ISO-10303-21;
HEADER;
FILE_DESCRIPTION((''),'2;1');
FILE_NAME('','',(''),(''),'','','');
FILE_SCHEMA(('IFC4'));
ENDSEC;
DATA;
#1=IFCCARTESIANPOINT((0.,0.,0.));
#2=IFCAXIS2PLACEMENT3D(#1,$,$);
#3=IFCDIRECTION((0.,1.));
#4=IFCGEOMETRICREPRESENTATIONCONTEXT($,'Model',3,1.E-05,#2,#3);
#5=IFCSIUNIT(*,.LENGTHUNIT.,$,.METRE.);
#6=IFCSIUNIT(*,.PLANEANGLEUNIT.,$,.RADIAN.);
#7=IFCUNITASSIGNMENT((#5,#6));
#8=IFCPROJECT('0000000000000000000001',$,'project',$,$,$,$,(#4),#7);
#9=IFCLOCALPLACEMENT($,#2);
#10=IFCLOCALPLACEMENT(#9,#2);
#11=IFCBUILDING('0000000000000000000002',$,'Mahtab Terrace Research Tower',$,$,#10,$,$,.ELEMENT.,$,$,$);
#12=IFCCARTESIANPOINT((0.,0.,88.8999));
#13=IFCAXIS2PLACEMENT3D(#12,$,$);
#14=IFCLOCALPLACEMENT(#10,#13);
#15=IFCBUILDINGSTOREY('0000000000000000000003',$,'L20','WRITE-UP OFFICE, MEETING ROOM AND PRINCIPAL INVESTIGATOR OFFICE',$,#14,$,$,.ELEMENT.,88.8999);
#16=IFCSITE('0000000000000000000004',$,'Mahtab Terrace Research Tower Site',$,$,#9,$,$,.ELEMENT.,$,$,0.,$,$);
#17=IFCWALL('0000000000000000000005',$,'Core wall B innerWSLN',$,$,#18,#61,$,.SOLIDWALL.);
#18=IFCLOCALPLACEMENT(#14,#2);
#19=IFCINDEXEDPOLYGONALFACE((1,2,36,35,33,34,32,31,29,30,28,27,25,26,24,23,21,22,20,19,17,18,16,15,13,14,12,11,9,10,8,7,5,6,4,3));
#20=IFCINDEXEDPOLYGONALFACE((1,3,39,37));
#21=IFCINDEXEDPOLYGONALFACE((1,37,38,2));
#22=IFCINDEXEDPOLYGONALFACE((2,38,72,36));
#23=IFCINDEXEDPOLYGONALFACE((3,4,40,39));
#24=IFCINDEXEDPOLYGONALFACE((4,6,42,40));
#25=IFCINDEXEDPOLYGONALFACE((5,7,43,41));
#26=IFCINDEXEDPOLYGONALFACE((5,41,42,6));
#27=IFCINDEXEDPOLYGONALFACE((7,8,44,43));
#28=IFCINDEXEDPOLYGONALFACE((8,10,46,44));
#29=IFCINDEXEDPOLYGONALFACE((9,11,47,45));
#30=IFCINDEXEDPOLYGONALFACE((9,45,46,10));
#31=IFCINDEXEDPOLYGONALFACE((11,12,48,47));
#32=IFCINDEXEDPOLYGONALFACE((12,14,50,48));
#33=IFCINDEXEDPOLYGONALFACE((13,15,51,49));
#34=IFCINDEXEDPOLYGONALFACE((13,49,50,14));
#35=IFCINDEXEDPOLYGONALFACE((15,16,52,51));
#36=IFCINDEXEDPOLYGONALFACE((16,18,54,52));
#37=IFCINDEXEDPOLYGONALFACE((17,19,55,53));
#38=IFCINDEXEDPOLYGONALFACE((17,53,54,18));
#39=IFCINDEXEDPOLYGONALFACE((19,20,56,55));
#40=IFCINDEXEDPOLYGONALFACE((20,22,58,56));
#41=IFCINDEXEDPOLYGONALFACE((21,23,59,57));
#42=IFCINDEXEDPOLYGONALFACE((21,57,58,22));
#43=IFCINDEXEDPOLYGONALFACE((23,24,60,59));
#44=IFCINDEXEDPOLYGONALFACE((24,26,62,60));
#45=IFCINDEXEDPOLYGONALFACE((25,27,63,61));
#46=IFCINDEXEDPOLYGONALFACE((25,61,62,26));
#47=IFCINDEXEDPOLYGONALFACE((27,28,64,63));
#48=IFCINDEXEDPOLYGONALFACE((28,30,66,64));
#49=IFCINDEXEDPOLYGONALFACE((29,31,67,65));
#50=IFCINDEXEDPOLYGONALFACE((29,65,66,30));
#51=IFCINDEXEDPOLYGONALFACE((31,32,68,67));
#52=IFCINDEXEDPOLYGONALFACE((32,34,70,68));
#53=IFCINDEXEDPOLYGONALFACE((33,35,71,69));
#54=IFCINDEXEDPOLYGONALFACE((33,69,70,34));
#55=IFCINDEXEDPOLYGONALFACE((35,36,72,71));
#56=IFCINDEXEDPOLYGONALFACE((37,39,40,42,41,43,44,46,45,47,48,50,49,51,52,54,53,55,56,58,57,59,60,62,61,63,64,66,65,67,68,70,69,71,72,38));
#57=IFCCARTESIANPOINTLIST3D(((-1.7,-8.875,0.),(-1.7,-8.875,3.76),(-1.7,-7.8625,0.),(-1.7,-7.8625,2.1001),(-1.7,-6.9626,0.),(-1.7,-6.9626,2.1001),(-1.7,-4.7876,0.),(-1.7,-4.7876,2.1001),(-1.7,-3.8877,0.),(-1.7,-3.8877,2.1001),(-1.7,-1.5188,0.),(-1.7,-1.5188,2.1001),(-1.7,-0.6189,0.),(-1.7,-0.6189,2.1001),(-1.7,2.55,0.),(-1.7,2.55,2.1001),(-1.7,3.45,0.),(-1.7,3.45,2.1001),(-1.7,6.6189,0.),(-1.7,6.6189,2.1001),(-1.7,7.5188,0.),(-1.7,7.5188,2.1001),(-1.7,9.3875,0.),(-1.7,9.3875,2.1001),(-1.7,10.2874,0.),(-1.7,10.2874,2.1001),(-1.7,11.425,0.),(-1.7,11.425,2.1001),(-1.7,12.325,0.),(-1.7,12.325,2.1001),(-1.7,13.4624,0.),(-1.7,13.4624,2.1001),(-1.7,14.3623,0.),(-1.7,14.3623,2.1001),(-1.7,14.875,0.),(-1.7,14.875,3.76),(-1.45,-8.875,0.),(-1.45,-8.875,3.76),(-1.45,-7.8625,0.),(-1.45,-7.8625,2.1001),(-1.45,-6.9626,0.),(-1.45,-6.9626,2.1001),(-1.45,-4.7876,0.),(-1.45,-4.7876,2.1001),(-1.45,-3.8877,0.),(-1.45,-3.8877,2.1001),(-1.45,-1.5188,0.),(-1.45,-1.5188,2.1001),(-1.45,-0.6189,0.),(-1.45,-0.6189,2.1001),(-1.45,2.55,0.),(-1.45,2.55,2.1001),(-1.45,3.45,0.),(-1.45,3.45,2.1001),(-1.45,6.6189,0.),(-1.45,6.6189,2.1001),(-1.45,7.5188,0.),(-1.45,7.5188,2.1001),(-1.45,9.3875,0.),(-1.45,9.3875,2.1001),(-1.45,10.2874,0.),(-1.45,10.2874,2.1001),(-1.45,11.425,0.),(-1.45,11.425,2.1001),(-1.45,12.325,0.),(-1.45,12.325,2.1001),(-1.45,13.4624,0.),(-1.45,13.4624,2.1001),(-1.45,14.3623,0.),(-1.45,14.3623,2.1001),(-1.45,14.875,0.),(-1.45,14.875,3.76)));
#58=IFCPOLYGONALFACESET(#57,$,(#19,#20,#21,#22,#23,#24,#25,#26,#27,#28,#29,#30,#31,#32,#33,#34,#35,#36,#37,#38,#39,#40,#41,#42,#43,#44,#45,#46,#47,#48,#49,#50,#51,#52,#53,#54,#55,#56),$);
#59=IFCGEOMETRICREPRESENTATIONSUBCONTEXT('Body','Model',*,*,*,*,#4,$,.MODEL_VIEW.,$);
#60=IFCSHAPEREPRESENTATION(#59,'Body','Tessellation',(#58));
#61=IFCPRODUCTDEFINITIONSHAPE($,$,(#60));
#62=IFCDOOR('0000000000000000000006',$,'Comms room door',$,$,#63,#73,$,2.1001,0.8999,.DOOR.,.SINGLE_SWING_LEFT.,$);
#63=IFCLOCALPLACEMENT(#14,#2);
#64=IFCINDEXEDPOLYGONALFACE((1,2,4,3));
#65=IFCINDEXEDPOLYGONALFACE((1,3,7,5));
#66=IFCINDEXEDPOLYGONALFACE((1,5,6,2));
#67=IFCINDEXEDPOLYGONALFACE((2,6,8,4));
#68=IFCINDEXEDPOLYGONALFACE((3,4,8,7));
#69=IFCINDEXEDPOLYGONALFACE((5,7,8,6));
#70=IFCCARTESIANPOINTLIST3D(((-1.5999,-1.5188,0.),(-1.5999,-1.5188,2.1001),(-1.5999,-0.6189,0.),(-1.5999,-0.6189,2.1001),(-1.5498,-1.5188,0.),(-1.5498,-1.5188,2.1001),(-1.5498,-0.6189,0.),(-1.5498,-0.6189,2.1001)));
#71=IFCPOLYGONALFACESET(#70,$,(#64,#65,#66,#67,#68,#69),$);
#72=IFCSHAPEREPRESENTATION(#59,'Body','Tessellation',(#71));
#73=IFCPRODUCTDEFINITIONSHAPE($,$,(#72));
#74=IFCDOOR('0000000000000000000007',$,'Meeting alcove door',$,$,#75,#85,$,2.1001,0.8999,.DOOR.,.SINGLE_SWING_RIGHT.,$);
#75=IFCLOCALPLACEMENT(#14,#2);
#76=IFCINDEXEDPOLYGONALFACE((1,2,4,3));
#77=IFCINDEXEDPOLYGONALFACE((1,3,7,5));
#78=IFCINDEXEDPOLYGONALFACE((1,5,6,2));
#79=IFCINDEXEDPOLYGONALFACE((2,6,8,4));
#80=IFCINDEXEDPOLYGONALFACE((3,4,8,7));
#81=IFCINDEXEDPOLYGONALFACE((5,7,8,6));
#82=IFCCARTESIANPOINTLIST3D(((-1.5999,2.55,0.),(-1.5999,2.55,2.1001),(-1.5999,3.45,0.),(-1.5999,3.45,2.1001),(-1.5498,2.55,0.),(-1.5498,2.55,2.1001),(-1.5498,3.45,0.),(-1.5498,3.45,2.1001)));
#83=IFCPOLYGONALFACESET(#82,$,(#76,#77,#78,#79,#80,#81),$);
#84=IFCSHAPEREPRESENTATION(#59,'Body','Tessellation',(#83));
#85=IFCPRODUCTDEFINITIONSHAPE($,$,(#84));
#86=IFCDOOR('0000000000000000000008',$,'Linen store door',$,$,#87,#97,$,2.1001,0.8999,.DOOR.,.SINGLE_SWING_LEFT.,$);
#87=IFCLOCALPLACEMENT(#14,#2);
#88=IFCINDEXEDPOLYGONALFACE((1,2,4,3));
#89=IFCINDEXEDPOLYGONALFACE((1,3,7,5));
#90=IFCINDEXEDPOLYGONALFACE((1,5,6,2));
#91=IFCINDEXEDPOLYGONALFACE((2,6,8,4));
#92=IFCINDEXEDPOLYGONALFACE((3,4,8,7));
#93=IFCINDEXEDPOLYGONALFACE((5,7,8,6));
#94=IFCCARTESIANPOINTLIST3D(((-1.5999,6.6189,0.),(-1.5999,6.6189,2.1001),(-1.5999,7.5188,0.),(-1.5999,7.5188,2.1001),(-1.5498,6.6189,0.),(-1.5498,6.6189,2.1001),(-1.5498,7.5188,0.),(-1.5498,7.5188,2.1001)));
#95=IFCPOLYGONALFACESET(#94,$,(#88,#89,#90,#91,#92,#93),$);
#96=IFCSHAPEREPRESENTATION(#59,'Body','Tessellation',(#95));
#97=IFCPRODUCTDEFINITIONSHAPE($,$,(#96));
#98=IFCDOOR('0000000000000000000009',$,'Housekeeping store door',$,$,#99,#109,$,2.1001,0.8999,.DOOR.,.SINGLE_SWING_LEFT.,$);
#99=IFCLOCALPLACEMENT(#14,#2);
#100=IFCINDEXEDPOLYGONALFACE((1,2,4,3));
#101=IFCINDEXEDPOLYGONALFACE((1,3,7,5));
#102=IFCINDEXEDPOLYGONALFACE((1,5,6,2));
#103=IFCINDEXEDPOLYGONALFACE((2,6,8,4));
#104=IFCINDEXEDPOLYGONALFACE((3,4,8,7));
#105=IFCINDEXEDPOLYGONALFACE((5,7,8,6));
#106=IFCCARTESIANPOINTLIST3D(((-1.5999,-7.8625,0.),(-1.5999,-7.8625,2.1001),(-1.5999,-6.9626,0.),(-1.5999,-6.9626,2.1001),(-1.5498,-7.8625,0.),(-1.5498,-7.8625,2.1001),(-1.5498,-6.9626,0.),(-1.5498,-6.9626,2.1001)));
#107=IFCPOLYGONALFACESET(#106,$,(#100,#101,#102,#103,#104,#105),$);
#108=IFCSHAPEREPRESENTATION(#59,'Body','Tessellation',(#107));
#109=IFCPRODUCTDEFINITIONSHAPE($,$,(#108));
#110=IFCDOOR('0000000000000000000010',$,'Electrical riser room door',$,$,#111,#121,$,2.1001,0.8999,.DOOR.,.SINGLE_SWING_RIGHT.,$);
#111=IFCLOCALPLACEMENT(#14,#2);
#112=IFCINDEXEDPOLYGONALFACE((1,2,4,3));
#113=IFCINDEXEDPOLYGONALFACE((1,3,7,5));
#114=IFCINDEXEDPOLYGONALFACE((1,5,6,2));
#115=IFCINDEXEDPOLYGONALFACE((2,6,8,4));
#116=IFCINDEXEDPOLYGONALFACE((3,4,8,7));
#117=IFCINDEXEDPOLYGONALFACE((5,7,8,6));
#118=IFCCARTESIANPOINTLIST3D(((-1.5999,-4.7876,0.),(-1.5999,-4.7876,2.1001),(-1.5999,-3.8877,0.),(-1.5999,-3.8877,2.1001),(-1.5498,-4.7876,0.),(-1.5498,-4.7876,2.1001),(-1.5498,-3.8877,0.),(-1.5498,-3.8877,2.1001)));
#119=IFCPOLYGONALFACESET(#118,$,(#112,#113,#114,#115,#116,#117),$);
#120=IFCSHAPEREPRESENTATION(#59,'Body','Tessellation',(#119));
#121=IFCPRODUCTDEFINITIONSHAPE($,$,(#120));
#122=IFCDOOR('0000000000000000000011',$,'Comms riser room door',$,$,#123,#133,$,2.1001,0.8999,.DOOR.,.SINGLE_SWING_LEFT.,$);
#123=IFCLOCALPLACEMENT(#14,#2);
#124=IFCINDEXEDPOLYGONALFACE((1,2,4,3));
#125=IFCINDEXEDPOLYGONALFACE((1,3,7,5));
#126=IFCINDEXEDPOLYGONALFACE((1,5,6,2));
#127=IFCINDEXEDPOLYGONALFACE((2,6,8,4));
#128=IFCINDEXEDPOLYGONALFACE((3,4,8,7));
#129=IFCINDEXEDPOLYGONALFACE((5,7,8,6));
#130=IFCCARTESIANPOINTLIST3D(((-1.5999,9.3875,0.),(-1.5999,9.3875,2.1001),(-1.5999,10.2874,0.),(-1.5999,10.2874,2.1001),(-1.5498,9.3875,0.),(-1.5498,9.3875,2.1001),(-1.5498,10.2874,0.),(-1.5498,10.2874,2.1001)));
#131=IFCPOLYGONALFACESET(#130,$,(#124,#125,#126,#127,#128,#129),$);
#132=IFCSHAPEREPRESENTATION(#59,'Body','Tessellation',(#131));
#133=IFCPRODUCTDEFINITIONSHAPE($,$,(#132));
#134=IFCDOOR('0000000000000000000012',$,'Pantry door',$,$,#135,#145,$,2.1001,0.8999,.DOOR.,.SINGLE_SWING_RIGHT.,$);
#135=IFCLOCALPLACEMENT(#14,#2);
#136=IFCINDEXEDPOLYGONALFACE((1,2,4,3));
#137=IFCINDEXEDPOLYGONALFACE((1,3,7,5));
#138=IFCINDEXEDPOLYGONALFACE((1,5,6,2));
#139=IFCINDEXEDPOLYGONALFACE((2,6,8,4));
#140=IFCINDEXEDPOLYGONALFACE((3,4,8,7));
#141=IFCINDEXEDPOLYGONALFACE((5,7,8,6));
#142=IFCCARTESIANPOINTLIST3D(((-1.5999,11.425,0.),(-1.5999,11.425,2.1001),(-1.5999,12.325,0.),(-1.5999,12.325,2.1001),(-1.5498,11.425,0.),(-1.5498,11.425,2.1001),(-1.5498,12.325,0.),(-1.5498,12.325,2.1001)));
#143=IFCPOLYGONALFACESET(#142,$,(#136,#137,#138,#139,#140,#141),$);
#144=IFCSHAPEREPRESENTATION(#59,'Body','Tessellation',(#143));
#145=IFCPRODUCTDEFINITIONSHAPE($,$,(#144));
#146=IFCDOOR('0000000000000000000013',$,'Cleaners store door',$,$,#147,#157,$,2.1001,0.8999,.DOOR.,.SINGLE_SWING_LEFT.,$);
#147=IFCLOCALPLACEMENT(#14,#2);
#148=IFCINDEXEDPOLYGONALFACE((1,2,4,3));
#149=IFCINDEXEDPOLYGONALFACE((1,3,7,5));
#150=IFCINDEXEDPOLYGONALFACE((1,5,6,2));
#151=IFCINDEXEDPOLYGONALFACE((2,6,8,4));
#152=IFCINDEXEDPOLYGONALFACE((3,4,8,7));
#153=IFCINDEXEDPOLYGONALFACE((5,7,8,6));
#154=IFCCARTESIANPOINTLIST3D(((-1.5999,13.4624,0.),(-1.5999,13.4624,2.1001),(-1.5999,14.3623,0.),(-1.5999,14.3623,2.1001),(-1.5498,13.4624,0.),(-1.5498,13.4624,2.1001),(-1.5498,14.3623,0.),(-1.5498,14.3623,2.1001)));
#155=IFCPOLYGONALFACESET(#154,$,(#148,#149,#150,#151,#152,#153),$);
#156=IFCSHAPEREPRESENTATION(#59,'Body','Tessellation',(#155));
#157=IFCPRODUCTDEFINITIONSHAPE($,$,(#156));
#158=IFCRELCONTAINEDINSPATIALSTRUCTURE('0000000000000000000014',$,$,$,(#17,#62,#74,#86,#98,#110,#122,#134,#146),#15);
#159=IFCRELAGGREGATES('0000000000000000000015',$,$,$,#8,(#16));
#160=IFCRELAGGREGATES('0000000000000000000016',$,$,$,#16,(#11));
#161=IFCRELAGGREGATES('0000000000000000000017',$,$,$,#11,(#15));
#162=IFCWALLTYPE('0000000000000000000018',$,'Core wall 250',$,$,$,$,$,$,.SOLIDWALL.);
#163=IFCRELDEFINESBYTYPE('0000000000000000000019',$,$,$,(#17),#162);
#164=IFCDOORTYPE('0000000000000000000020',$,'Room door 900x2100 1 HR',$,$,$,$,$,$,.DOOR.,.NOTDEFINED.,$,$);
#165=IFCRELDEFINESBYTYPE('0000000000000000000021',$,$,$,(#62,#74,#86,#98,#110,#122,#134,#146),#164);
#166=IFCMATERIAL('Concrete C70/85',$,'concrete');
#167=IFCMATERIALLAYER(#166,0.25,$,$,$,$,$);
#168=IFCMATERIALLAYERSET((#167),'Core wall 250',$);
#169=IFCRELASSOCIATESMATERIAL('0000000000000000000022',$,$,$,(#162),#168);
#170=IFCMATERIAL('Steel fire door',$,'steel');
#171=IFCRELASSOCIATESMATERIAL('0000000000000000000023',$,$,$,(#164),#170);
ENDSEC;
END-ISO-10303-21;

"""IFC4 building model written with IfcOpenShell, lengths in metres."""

from ifc_helpers import new_model, si_unit, direction, frame, frame_2d, origin, place, context, subcontext, project, spatial, rectangle, extrude, material, layer, layer_set, type_object, element, fill, save


model = new_model("IFC4")

# Units and contexts
model_context = context("Model", 3, precision=1e-05, world=origin(), true_north=direction((0.0, 1.0)))
body_context = subcontext(model_context, "Body", "Model", "MODEL_VIEW")
ifc_project = project(units=[si_unit("LENGTHUNIT", "METRE"), si_unit("PLANEANGLEUNIT", "RADIAN")], contexts=[model_context])

# Site, building, storey
site_placement = place(None, origin())
site = spatial("IfcSite", under=ifc_project, at=site_placement, Name="Mahtab Terrace Research Tower Site", CompositionType="ELEMENT", RefElevation=0.0)
building_placement = place(site_placement, origin())
building = spatial("IfcBuilding", under=site, at=building_placement, Name="Mahtab Terrace Research Tower", CompositionType="ELEMENT")
storey_placement = place(building_placement, frame((0.0, 0.0, 88.8999)))
storey = spatial("IfcBuildingStorey", under=building, at=storey_placement, Name="L20", Description="WRITE-UP OFFICE, MEETING ROOM AND PRINCIPAL INVESTIGATOR OFFICE", CompositionType="ELEMENT", Elevation=88.8999)

# Wall, openings, doors
ifc_material_1 = material(Name="Concrete C70/85", Category="concrete")
ifc_layer_1 = layer(ifc_material_1, 0.25)
ifc_layer_set_1 = layer_set([ifc_layer_1], Name="Core wall 250")
wall_type = type_object("IfcWallType", Name="Core wall 250", PredefinedType="SOLIDWALL", material=ifc_layer_set_1)
wall_1_placement = place(storey_placement, frame((-1.575, -8.875, 0.0), z_axis=(0.0, 0.0, 1.0), x_axis=(0.0, 1.0, 0.0)))
wall_1 = element("IfcWall", 1, at=wall_1_placement, inside=storey, type_object=wall_type, Name="Core wall B innerWSLN", PredefinedType="SOLIDWALL", context=body_context, shape_type="SweptSolid", body=[
    extrude(rectangle(XDim=23.75, YDim=0.25, at=frame_2d((11.875, 0.0))), origin(), (0.0, 0.0, 1.0), 3.76),
])
opening_1_placement = place(wall_1_placement, frame((7.3562, 0.0, 0.0)))
opening_1 = element("IfcOpeningElement", 2, at=opening_1_placement, cuts=wall_1, PredefinedType="OPENING", context=body_context, shape_type="SweptSolid", body=[
    extrude(rectangle(XDim=0.8999, YDim=2.1001, at=frame_2d((0.45, 1.05))), frame((0.0, 0.135, 0.0), z_axis=(0.0, -1.0, 0.0), x_axis=(1.0, 0.0, 0.0)), (0.0, 0.0, 1.0), 0.27),
])
opening_2_placement = place(wall_1_placement, frame((11.425, 0.0, 0.0)))
opening_2 = element("IfcOpeningElement", 3, at=opening_2_placement, cuts=wall_1, PredefinedType="OPENING", context=body_context, shape_type="SweptSolid", body=[
    extrude(rectangle(XDim=0.8999, YDim=2.1001, at=frame_2d((0.45, 1.05))), frame((0.0, 0.135, 0.0), z_axis=(0.0, -1.0, 0.0), x_axis=(1.0, 0.0, 0.0)), (0.0, 0.0, 1.0), 0.27),
])
opening_3_placement = place(wall_1_placement, frame((15.4939, 0.0, 0.0)))
opening_3 = element("IfcOpeningElement", 4, at=opening_3_placement, cuts=wall_1, PredefinedType="OPENING", context=body_context, shape_type="SweptSolid", body=[
    extrude(rectangle(XDim=0.8999, YDim=2.1001, at=frame_2d((0.45, 1.05))), frame((0.0, 0.135, 0.0), z_axis=(0.0, -1.0, 0.0), x_axis=(1.0, 0.0, 0.0)), (0.0, 0.0, 1.0), 0.27),
])
opening_4_placement = place(wall_1_placement, frame((1.0125, 0.0, 0.0)))
opening_4 = element("IfcOpeningElement", 5, at=opening_4_placement, cuts=wall_1, PredefinedType="OPENING", context=body_context, shape_type="SweptSolid", body=[
    extrude(rectangle(XDim=0.8999, YDim=2.1001, at=frame_2d((0.45, 1.05))), frame((0.0, 0.135, 0.0), z_axis=(0.0, -1.0, 0.0), x_axis=(1.0, 0.0, 0.0)), (0.0, 0.0, 1.0), 0.27),
])
opening_5_placement = place(wall_1_placement, frame((4.0874, 0.0, 0.0)))
opening_5 = element("IfcOpeningElement", 6, at=opening_5_placement, cuts=wall_1, PredefinedType="OPENING", context=body_context, shape_type="SweptSolid", body=[
    extrude(rectangle(XDim=0.8999, YDim=2.1001, at=frame_2d((0.45, 1.05))), frame((0.0, 0.135, 0.0), z_axis=(0.0, -1.0, 0.0), x_axis=(1.0, 0.0, 0.0)), (0.0, 0.0, 1.0), 0.27),
])
opening_6_placement = place(wall_1_placement, frame((18.2625, 0.0, 0.0)))
opening_6 = element("IfcOpeningElement", 7, at=opening_6_placement, cuts=wall_1, PredefinedType="OPENING", context=body_context, shape_type="SweptSolid", body=[
    extrude(rectangle(XDim=0.8999, YDim=2.1001, at=frame_2d((0.45, 1.05))), frame((0.0, 0.135, 0.0), z_axis=(0.0, -1.0, 0.0), x_axis=(1.0, 0.0, 0.0)), (0.0, 0.0, 1.0), 0.27),
])
opening_7_placement = place(wall_1_placement, frame((20.3, 0.0, 0.0)))
opening_7 = element("IfcOpeningElement", 8, at=opening_7_placement, cuts=wall_1, PredefinedType="OPENING", context=body_context, shape_type="SweptSolid", body=[
    extrude(rectangle(XDim=0.8999, YDim=2.1001, at=frame_2d((0.45, 1.05))), frame((0.0, 0.135, 0.0), z_axis=(0.0, -1.0, 0.0), x_axis=(1.0, 0.0, 0.0)), (0.0, 0.0, 1.0), 0.27),
])
opening_8_placement = place(wall_1_placement, frame((22.3374, 0.0, 0.0)))
opening_8 = element("IfcOpeningElement", 9, at=opening_8_placement, cuts=wall_1, PredefinedType="OPENING", context=body_context, shape_type="SweptSolid", body=[
    extrude(rectangle(XDim=0.8999, YDim=2.1001, at=frame_2d((0.45, 1.05))), frame((0.0, 0.135, 0.0), z_axis=(0.0, -1.0, 0.0), x_axis=(1.0, 0.0, 0.0)), (0.0, 0.0, 1.0), 0.27),
])
ifc_material_2 = material(Name="Steel fire door", Category="steel")
door_type_1 = type_object("IfcDoorType", Name="Room door 900x2100 1 HR", OperationType="NOTDEFINED", PredefinedType="DOOR", material=ifc_material_2)
door_1_placement = place(opening_1_placement, origin())
door_1 = element("IfcDoor", 10, at=door_1_placement, inside=storey, type_object=door_type_1, Name="Comms room door", OperationType="SINGLE_SWING_LEFT", OverallHeight=2.1001, OverallWidth=0.8999, PredefinedType="DOOR", context=body_context, shape_type="SweptSolid", body=[
    extrude(rectangle(XDim=0.8999, YDim=2.1001, at=frame_2d((0.45, 1.05))), frame((0.0, 0.0249, 0.0), z_axis=(0.0, -1.0, 0.0), x_axis=(1.0, 0.0, 0.0)), (0.0, 0.0, 1.0), 0.05),
])
fill(opening_1, door_1)
door_2_placement = place(opening_2_placement, origin())
door_2 = element("IfcDoor", 11, at=door_2_placement, inside=storey, type_object=door_type_1, Name="Meeting alcove door", OperationType="SINGLE_SWING_RIGHT", OverallHeight=2.1001, OverallWidth=0.8999, PredefinedType="DOOR", context=body_context, shape_type="SweptSolid", body=[
    extrude(rectangle(XDim=0.8999, YDim=2.1001, at=frame_2d((0.45, 1.05))), frame((0.0, 0.0249, 0.0), z_axis=(0.0, -1.0, 0.0), x_axis=(1.0, 0.0, 0.0)), (0.0, 0.0, 1.0), 0.05),
])
fill(opening_2, door_2)
door_3_placement = place(opening_3_placement, origin())
door_3 = element("IfcDoor", 12, at=door_3_placement, inside=storey, type_object=door_type_1, Name="Linen store door", OperationType="SINGLE_SWING_LEFT", OverallHeight=2.1001, OverallWidth=0.8999, PredefinedType="DOOR", context=body_context, shape_type="SweptSolid", body=[
    extrude(rectangle(XDim=0.8999, YDim=2.1001, at=frame_2d((0.45, 1.05))), frame((0.0, 0.0249, 0.0), z_axis=(0.0, -1.0, 0.0), x_axis=(1.0, 0.0, 0.0)), (0.0, 0.0, 1.0), 0.05),
])
fill(opening_3, door_3)
door_4_placement = place(opening_4_placement, origin())
door_4 = element("IfcDoor", 13, at=door_4_placement, inside=storey, type_object=door_type_1, Name="Housekeeping store door", OperationType="SINGLE_SWING_LEFT", OverallHeight=2.1001, OverallWidth=0.8999, PredefinedType="DOOR", context=body_context, shape_type="SweptSolid", body=[
    extrude(rectangle(XDim=0.8999, YDim=2.1001, at=frame_2d((0.45, 1.05))), frame((0.0, 0.0249, 0.0), z_axis=(0.0, -1.0, 0.0), x_axis=(1.0, 0.0, 0.0)), (0.0, 0.0, 1.0), 0.05),
])
fill(opening_4, door_4)
door_5_placement = place(opening_5_placement, origin())
door_5 = element("IfcDoor", 14, at=door_5_placement, inside=storey, type_object=door_type_1, Name="Electrical riser room door", OperationType="SINGLE_SWING_RIGHT", OverallHeight=2.1001, OverallWidth=0.8999, PredefinedType="DOOR", context=body_context, shape_type="SweptSolid", body=[
    extrude(rectangle(XDim=0.8999, YDim=2.1001, at=frame_2d((0.45, 1.05))), frame((0.0, 0.0249, 0.0), z_axis=(0.0, -1.0, 0.0), x_axis=(1.0, 0.0, 0.0)), (0.0, 0.0, 1.0), 0.05),
])
fill(opening_5, door_5)
door_6_placement = place(opening_6_placement, origin())
door_6 = element("IfcDoor", 15, at=door_6_placement, inside=storey, type_object=door_type_1, Name="Comms riser room door", OperationType="SINGLE_SWING_LEFT", OverallHeight=2.1001, OverallWidth=0.8999, PredefinedType="DOOR", context=body_context, shape_type="SweptSolid", body=[
    extrude(rectangle(XDim=0.8999, YDim=2.1001, at=frame_2d((0.45, 1.05))), frame((0.0, 0.0249, 0.0), z_axis=(0.0, -1.0, 0.0), x_axis=(1.0, 0.0, 0.0)), (0.0, 0.0, 1.0), 0.05),
])
fill(opening_6, door_6)
door_7_placement = place(opening_7_placement, origin())
door_7 = element("IfcDoor", 16, at=door_7_placement, inside=storey, type_object=door_type_1, Name="Pantry door", OperationType="SINGLE_SWING_RIGHT", OverallHeight=2.1001, OverallWidth=0.8999, PredefinedType="DOOR", context=body_context, shape_type="SweptSolid", body=[
    extrude(rectangle(XDim=0.8999, YDim=2.1001, at=frame_2d((0.45, 1.05))), frame((0.0, 0.0249, 0.0), z_axis=(0.0, -1.0, 0.0), x_axis=(1.0, 0.0, 0.0)), (0.0, 0.0, 1.0), 0.05),
])
fill(opening_7, door_7)
door_8_placement = place(opening_8_placement, origin())
door_8 = element("IfcDoor", 17, at=door_8_placement, inside=storey, type_object=door_type_1, Name="Cleaners store door", OperationType="SINGLE_SWING_LEFT", OverallHeight=2.1001, OverallWidth=0.8999, PredefinedType="DOOR", context=body_context, shape_type="SweptSolid", body=[
    extrude(rectangle(XDim=0.8999, YDim=2.1001, at=frame_2d((0.45, 1.05))), frame((0.0, 0.0249, 0.0), z_axis=(0.0, -1.0, 0.0), x_axis=(1.0, 0.0, 0.0)), (0.0, 0.0, 1.0), 0.05),
])
fill(opening_8, door_8)

save(model, "model.ifc")
